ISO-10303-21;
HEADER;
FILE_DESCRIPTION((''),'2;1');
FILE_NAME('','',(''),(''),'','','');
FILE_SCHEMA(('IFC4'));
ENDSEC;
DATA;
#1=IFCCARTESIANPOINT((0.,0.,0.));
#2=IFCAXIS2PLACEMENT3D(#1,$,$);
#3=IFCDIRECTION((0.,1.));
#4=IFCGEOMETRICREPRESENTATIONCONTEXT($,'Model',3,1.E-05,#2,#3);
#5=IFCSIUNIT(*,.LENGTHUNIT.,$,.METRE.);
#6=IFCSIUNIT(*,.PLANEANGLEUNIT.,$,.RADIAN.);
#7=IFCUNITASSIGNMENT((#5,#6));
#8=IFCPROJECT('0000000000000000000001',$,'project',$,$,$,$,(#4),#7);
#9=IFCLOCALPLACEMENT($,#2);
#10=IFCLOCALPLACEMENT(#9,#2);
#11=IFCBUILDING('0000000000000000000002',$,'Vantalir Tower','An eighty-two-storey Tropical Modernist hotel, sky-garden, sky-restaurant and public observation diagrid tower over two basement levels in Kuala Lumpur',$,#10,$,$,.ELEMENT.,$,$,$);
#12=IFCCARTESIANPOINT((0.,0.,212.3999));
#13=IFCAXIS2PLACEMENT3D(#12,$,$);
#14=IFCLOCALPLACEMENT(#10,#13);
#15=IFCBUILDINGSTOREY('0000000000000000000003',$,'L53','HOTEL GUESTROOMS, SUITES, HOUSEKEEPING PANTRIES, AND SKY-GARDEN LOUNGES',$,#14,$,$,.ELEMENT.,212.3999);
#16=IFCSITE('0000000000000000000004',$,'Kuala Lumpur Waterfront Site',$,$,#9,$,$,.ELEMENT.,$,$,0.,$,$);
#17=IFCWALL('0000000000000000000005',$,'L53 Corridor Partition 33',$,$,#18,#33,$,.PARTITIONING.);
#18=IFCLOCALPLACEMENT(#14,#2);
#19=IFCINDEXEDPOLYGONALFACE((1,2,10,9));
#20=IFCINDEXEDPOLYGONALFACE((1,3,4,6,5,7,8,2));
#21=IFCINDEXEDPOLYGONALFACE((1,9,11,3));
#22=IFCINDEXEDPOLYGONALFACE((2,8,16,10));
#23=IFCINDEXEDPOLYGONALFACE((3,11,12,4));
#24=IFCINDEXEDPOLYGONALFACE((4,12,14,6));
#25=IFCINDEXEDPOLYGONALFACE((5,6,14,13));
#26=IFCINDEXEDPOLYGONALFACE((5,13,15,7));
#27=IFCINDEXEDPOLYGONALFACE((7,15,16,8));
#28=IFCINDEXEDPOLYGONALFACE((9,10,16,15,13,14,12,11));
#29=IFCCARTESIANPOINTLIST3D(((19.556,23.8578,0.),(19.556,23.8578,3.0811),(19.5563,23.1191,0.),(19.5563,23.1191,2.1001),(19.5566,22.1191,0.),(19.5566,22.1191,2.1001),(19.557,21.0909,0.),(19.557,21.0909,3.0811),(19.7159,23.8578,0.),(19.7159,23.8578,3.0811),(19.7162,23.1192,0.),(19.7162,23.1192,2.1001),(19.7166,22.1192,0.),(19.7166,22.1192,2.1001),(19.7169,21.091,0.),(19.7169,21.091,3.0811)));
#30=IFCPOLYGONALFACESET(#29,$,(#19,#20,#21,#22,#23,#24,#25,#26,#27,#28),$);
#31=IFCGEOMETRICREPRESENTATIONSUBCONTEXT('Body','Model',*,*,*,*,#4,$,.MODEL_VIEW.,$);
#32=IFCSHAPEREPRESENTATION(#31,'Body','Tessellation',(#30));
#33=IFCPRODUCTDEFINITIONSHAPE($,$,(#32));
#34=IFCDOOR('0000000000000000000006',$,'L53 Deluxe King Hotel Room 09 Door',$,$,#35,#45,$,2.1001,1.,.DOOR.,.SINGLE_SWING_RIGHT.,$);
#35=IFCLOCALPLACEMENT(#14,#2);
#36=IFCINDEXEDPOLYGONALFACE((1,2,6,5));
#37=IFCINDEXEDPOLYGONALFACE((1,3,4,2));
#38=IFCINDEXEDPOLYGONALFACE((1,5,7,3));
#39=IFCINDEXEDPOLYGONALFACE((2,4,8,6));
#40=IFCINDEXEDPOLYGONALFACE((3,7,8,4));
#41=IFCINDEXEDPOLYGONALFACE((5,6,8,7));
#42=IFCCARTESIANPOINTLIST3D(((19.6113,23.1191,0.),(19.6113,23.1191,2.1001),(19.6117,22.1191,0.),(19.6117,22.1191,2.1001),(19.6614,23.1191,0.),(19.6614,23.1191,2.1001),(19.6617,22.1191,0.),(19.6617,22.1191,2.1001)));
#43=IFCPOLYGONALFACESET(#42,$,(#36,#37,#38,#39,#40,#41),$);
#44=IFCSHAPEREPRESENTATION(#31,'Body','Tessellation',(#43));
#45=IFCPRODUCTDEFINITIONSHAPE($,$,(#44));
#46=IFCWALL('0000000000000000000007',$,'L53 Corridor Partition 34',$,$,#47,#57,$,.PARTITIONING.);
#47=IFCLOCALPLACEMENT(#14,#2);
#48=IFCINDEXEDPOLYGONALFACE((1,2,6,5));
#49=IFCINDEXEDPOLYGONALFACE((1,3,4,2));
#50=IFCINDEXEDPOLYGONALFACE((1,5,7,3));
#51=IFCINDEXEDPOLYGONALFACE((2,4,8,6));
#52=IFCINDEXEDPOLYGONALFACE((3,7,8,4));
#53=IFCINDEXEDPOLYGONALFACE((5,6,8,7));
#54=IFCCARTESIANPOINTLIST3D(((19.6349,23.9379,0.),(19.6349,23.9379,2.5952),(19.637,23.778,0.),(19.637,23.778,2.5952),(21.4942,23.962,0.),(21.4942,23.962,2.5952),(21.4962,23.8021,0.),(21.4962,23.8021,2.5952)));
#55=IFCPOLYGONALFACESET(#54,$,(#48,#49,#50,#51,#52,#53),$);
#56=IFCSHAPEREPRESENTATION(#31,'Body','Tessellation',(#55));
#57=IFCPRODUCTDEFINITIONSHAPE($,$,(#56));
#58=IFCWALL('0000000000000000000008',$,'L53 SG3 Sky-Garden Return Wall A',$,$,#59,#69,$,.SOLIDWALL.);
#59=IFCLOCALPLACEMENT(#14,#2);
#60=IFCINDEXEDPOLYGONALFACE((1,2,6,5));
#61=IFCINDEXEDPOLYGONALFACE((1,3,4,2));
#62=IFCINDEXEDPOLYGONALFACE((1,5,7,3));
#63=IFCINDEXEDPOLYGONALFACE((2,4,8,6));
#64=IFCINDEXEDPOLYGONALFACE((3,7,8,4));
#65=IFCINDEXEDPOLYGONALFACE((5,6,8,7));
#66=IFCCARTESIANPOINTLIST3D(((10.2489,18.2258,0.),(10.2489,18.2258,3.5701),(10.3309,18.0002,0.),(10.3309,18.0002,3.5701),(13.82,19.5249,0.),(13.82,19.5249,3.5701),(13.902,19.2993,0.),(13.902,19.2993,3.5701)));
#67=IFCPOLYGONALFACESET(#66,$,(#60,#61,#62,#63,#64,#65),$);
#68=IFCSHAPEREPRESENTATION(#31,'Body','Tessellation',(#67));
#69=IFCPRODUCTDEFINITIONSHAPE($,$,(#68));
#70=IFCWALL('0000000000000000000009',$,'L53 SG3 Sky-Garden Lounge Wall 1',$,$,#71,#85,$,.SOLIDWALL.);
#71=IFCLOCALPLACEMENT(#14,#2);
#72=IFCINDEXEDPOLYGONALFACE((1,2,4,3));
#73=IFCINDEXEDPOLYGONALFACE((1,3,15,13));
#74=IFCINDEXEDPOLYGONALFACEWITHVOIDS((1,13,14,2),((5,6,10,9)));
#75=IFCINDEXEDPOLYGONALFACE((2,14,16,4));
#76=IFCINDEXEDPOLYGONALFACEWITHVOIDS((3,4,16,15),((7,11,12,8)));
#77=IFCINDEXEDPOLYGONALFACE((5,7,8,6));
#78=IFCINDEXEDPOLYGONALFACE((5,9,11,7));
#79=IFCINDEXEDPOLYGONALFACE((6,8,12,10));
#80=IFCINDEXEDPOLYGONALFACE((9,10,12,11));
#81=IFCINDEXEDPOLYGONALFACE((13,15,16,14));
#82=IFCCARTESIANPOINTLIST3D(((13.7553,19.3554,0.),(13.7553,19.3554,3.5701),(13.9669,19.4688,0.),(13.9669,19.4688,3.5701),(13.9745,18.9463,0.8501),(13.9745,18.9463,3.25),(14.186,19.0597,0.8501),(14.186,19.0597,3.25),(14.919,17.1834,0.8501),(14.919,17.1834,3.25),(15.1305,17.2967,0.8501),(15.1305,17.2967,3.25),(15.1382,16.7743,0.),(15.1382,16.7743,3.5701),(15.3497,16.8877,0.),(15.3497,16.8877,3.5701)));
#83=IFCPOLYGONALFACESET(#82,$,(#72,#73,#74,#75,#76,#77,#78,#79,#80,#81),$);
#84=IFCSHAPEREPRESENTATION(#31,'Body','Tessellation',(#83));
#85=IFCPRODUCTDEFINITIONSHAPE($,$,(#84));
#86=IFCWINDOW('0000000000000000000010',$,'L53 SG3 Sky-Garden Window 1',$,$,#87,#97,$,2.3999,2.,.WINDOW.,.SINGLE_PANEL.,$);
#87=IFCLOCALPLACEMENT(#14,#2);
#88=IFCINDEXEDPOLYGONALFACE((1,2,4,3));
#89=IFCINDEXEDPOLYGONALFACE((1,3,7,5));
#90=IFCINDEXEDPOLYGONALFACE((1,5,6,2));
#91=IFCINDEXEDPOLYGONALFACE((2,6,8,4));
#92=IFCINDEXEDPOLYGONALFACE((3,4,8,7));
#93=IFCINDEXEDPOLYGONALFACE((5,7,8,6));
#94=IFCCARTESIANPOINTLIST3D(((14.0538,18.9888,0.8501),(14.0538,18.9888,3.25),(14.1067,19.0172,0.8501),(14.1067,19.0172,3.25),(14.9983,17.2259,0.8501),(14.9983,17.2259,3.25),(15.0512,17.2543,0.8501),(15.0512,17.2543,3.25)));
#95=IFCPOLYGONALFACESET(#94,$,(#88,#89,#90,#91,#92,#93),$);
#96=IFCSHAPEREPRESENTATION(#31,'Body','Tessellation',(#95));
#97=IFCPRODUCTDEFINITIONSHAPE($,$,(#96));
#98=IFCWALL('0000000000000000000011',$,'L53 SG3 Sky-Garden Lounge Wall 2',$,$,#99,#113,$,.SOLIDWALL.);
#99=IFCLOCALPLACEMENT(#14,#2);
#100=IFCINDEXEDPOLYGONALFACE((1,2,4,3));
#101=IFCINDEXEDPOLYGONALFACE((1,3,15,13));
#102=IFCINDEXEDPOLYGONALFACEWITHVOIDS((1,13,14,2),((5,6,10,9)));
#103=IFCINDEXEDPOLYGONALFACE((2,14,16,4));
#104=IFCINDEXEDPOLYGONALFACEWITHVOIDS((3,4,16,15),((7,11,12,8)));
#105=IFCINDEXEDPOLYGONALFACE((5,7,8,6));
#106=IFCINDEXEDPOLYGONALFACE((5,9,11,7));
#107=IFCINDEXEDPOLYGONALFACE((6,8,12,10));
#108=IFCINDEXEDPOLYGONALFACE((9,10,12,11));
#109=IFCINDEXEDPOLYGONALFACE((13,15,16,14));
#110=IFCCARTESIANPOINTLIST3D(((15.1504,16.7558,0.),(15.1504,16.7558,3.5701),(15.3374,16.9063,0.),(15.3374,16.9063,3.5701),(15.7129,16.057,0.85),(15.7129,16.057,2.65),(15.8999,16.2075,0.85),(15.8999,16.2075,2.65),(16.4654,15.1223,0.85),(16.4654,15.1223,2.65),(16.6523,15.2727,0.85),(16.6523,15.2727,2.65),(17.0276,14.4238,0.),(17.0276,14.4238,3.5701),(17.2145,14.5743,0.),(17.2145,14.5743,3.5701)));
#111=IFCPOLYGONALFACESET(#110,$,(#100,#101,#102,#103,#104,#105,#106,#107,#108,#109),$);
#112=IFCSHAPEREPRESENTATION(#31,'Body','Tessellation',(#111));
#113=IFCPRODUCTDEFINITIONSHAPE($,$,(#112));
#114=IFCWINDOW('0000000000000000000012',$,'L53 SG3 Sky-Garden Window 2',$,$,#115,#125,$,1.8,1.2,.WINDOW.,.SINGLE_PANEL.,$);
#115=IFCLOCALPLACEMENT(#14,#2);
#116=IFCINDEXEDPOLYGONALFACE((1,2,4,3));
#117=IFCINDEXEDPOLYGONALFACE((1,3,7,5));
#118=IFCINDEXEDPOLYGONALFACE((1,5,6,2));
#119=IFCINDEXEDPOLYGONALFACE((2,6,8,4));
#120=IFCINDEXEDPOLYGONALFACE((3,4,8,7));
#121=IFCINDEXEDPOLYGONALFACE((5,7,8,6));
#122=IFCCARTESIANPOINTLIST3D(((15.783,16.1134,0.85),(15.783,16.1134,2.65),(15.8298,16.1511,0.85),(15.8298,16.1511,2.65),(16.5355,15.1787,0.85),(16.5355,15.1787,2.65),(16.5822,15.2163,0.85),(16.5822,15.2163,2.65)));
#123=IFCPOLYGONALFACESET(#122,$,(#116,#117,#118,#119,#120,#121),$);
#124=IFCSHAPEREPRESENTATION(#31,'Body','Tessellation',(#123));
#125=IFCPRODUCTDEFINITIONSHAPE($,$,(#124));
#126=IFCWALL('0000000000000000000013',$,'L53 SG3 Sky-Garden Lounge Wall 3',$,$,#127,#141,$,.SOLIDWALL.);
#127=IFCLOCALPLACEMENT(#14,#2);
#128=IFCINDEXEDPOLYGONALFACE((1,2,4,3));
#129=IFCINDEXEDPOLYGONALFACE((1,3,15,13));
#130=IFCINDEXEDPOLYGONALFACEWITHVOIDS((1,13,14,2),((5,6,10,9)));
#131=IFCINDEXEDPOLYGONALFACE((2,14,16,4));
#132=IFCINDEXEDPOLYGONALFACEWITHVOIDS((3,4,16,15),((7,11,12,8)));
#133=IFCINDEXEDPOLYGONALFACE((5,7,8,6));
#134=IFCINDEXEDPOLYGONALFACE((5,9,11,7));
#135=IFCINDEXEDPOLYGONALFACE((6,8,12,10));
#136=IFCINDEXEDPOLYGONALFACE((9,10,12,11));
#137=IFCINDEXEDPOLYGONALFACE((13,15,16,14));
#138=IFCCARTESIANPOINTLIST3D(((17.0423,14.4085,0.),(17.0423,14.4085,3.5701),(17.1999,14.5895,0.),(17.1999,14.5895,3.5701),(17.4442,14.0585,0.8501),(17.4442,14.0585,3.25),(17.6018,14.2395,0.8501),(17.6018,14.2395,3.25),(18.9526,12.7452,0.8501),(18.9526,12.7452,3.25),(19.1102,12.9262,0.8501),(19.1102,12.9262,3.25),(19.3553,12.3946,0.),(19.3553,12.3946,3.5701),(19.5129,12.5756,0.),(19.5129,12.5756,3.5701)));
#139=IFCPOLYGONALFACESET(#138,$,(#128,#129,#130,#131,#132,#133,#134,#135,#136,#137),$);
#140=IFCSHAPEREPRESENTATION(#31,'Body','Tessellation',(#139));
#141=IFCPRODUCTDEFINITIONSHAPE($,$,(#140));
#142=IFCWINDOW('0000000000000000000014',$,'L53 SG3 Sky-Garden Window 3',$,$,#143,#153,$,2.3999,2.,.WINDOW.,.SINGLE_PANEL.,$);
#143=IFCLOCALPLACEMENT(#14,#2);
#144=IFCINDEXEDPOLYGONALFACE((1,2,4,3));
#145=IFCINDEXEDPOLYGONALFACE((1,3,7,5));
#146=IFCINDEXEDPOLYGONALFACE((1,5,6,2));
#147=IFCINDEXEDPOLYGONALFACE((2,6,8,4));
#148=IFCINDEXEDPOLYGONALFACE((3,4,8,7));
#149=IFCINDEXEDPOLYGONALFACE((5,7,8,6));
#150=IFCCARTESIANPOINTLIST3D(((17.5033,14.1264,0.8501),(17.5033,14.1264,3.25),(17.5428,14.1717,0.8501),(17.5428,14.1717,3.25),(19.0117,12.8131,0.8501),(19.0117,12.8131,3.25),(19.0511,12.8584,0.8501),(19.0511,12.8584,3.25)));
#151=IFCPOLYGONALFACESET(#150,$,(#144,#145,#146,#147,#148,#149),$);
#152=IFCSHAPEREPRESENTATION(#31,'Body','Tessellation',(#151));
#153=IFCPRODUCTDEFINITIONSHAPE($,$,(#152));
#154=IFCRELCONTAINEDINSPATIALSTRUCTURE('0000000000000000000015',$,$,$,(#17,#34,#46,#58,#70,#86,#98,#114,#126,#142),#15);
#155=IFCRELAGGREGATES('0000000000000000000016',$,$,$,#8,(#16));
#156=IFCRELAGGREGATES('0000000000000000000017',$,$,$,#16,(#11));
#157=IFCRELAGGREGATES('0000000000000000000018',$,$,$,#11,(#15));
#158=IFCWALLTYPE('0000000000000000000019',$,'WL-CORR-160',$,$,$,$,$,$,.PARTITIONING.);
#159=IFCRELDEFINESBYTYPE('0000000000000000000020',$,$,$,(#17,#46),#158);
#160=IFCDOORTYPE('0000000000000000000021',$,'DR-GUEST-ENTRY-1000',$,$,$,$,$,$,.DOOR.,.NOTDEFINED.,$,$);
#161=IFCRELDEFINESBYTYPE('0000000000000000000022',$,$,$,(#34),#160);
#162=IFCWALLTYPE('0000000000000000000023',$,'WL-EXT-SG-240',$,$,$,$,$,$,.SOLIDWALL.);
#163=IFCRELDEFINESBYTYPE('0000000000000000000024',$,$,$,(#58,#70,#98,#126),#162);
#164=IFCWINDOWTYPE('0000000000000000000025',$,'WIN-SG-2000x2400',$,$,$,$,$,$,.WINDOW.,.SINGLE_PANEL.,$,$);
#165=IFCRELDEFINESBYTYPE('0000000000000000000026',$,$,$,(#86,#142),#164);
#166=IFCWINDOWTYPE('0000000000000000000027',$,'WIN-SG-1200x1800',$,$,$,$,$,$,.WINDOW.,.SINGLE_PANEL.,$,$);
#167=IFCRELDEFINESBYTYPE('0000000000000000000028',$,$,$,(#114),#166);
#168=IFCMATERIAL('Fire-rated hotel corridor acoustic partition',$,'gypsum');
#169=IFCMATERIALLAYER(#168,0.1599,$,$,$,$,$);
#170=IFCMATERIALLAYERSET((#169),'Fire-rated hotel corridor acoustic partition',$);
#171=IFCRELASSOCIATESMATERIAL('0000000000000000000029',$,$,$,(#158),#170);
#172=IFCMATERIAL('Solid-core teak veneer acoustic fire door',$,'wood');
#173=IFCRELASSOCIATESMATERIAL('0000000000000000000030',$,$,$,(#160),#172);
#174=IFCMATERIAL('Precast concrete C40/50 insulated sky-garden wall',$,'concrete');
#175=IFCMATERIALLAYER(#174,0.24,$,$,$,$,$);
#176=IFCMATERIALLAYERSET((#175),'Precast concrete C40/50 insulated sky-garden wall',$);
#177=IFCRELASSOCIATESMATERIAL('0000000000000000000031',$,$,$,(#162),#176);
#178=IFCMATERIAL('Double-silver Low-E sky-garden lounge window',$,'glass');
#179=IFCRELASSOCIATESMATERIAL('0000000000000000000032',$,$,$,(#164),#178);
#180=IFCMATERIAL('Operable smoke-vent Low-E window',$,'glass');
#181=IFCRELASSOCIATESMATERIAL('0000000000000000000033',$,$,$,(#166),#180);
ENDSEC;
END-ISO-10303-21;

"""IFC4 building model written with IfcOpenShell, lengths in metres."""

from ifc_helpers import new_model, si_unit, direction, frame, frame_2d, origin, place, context, subcontext, project, spatial, rectangle, extrude, material, layer, layer_set, type_object, element, fill, save


model = new_model("IFC4")

# Units and contexts
model_context = context("Model", 3, precision=1e-05, world=origin(), true_north=direction((0.0, 1.0)))
body_context = subcontext(model_context, "Body", "Model", "MODEL_VIEW")
ifc_project = project(units=[si_unit("LENGTHUNIT", "METRE"), si_unit("PLANEANGLEUNIT", "RADIAN")], contexts=[model_context])

# Site, building, storey
site_placement = place(None, origin())
site = spatial("IfcSite", under=ifc_project, at=site_placement, Name="Kuala Lumpur Waterfront Site", CompositionType="ELEMENT", RefElevation=0.0)
building_placement = place(site_placement, origin())
building = spatial("IfcBuilding", under=site, at=building_placement, Name="Vantalir Tower", Description="An eighty-two-storey Tropical Modernist hotel, sky-garden, sky-restaurant and public observation diagrid tower over two basement levels in Kuala Lumpur", CompositionType="ELEMENT")
storey_placement = place(building_placement, frame((0.0, 0.0, 212.3999)))
storey = spatial("IfcBuildingStorey", under=building, at=storey_placement, Name="L53", Description="HOTEL GUESTROOMS, SUITES, HOUSEKEEPING PANTRIES, AND SKY-GARDEN LOUNGES", CompositionType="ELEMENT", Elevation=212.3999)

# Shared definitions
ifc_material_1 = material(Name="Fire-rated hotel corridor acoustic partition", Category="gypsum")
ifc_layer_1 = layer(ifc_material_1, 0.1599)
ifc_layer_set_1 = layer_set([ifc_layer_1], Name="Fire-rated hotel corridor acoustic partition")
wall_type_1 = type_object("IfcWallType", Name="WL-CORR-160", PredefinedType="PARTITIONING", material=ifc_layer_set_1)

# Wall, opening, door
wall_1_placement = place(storey_placement, frame((19.637, 21.0911, 0.0), z_axis=(0.0, 0.0, 1.0), x_axis=(-0.000353, 1.0, 0.0)))
wall_1 = element("IfcWall", 1, at=wall_1_placement, inside=storey, type_object=wall_type_1, Name="L53 Corridor Partition 33", PredefinedType="PARTITIONING", context=body_context, shape_type="SweptSolid", body=[
    extrude(rectangle(XDim=2.7668, YDim=0.1599, at=frame_2d((1.3833, 0.0))), origin(), (0.0, 0.0, 1.0), 3.0811),
])
opening_1_placement = place(wall_1_placement, frame((1.0281, 0.0, 0.0)))
opening_1 = element("IfcOpeningElement", 2, at=opening_1_placement, cuts=wall_1, PredefinedType="OPENING", context=body_context, shape_type="SweptSolid", body=[
    extrude(rectangle(XDim=1.0, YDim=2.1001, at=frame_2d((0.5, 1.05))), frame((0.0, 0.0898, 0.0), z_axis=(0.0, -1.0, 0.0), x_axis=(1.0, 0.0, 0.0)), (0.0, 0.0, 1.0), 0.1799),
])
ifc_material_2 = material(Name="Solid-core teak veneer acoustic fire door", Category="wood")
door_type_1 = type_object("IfcDoorType", Name="DR-GUEST-ENTRY-1000", OperationType="NOTDEFINED", PredefinedType="DOOR", material=ifc_material_2)
door_1_placement = place(opening_1_placement, origin())
door_1 = element("IfcDoor", 3, at=door_1_placement, inside=storey, type_object=door_type_1, Name="L53 Deluxe King Hotel Room 09 Door", OperationType="SINGLE_SWING_RIGHT", OverallHeight=2.1001, OverallWidth=1.0, PredefinedType="DOOR", context=body_context, shape_type="SweptSolid", body=[
    extrude(rectangle(XDim=1.0, YDim=2.1001, at=frame_2d((0.5, 1.05))), frame((0.0, 0.0249, 0.0), z_axis=(0.0, -1.0, 0.0), x_axis=(1.0, 0.0, 0.0)), (0.0, 0.0, 1.0), 0.05),
])
fill(opening_1, door_1)

# Walls
wall_2_placement = place(storey_placement, frame((19.636, 23.8579, 0.0), z_axis=(0.0, 0.0, 1.0), x_axis=(0.999916, 0.013, 0.0)))
element("IfcWall", 4, at=wall_2_placement, inside=storey, type_object=wall_type_1, Name="L53 Corridor Partition 34", PredefinedType="PARTITIONING", context=body_context, shape_type="SweptSolid", body=[
    extrude(rectangle(XDim=1.8594, YDim=0.1599, at=frame_2d((0.9297, 0.0))), origin(), (0.0, 0.0, 1.0), 2.5952),
])
ifc_material_3 = material(Name="Precast concrete C40/50 insulated sky-garden wall", Category="concrete")
ifc_layer_2 = layer(ifc_material_3, 0.24)
ifc_layer_set_2 = layer_set([ifc_layer_2], Name="Precast concrete C40/50 insulated sky-garden wall")
wall_type_2 = type_object("IfcWallType", Name="WL-EXT-SG-240", PredefinedType="SOLIDWALL", material=ifc_layer_set_2)
wall_3_placement = place(storey_placement, frame((10.29, 18.113, 0.0), z_axis=(0.0, 0.0, 1.0), x_axis=(0.93975, 0.341862, 0.0)))
element("IfcWall", 5, at=wall_3_placement, inside=storey, type_object=wall_type_2, Name="L53 SG3 Sky-Garden Return Wall A", PredefinedType="SOLIDWALL", context=body_context, shape_type="SweptSolid", body=[
    extrude(rectangle(XDim=3.8, YDim=0.24, at=frame_2d((1.8999, 0.0))), origin(), (0.0, 0.0, 1.0), 3.5701),
])

# Walls, openings, windows
wall_4_placement = place(storey_placement, frame((13.8611, 19.4121, 0.0), z_axis=(0.0, 0.0, 1.0), x_axis=(0.472249, -0.881465, 0.0)))
wall_4 = element("IfcWall", 6, at=wall_4_placement, inside=storey, type_object=wall_type_2, Name="L53 SG3 Sky-Garden Lounge Wall 1", PredefinedType="SOLIDWALL", context=body_context, shape_type="SweptSolid", body=[
    extrude(rectangle(XDim=2.9282, YDim=0.24, at=frame_2d((1.4641, 0.0))), origin(), (0.0, 0.0, 1.0), 3.5701),
])
opening_2_placement = place(wall_4_placement, frame((0.4641, 0.0, 0.8501)))
opening_2 = element("IfcOpeningElement", 7, at=opening_2_placement, cuts=wall_4, PredefinedType="OPENING", context=body_context, shape_type="SweptSolid", body=[
    extrude(rectangle(XDim=2.0, YDim=2.3999, at=frame_2d((1.0, 1.2))), frame((0.0, 0.1299, 0.0), z_axis=(0.0, -1.0, 0.0), x_axis=(1.0, 0.0, 0.0)), (0.0, 0.0, 1.0), 0.26),
])
ifc_material_4 = material(Name="Double-silver Low-E sky-garden lounge window", Category="glass")
window_type_1 = type_object("IfcWindowType", Name="WIN-SG-2000x2400", PartitioningType="SINGLE_PANEL", PredefinedType="WINDOW", material=ifc_material_4)
window_1_placement = place(opening_2_placement, origin())
window_1 = element("IfcWindow", 8, at=window_1_placement, inside=storey, type_object=window_type_1, Name="L53 SG3 Sky-Garden Window 1", OverallHeight=2.3999, OverallWidth=2.0, PartitioningType="SINGLE_PANEL", PredefinedType="WINDOW", context=body_context, shape_type="SweptSolid", body=[
    extrude(rectangle(XDim=2.0, YDim=2.3999, at=frame_2d((1.0, 1.2))), frame((0.0, 0.03, 0.0), z_axis=(0.0, -1.0, 0.0), x_axis=(1.0, 0.0, 0.0)), (0.0, 0.0, 1.0), 0.0601),
])
fill(opening_2, window_1)
wall_5_placement = place(storey_placement, frame((15.2439, 16.8311, 0.0), z_axis=(0.0, 0.0, 1.0), x_axis=(0.627049, -0.77898, 0.0)))
wall_5 = element("IfcWall", 9, at=wall_5_placement, inside=storey, type_object=wall_type_2, Name="L53 SG3 Sky-Garden Lounge Wall 2", PredefinedType="SOLIDWALL", context=body_context, shape_type="SweptSolid", body=[
    extrude(rectangle(XDim=2.9937, YDim=0.24, at=frame_2d((1.4968, 0.0))), origin(), (0.0, 0.0, 1.0), 3.5701),
])
opening_3_placement = place(wall_5_placement, frame((0.897, 0.0, 0.8501)))
opening_3 = element("IfcOpeningElement", 10, at=opening_3_placement, cuts=wall_5, PredefinedType="OPENING", context=body_context, shape_type="SweptSolid", body=[
    extrude(rectangle(XDim=1.2, YDim=1.8, at=frame_2d((0.6001, 0.8999))), frame((0.0, 0.1299, 0.0), z_axis=(0.0, -1.0, 0.0), x_axis=(1.0, 0.0, 0.0)), (0.0, 0.0, 1.0), 0.26),
])
ifc_material_5 = material(Name="Operable smoke-vent Low-E window", Category="glass")
window_type_2 = type_object("IfcWindowType", Name="WIN-SG-1200x1800", PartitioningType="SINGLE_PANEL", PredefinedType="WINDOW", material=ifc_material_5)
window_2_placement = place(opening_3_placement, origin())
window_2 = element("IfcWindow", 11, at=window_2_placement, inside=storey, type_object=window_type_2, Name="L53 SG3 Sky-Garden Window 2", OverallHeight=1.8, OverallWidth=1.2, PartitioningType="SINGLE_PANEL", PredefinedType="WINDOW", context=body_context, shape_type="SweptSolid", body=[
    extrude(rectangle(XDim=1.2, YDim=1.8, at=frame_2d((0.6001, 0.8999))), frame((0.0, 0.03, 0.0), z_axis=(0.0, -1.0, 0.0), x_axis=(1.0, 0.0, 0.0)), (0.0, 0.0, 1.0), 0.0601),
])
fill(opening_3, window_2)
wall_6_placement = place(storey_placement, frame((17.1211, 14.499, 0.0), z_axis=(0.0, 0.0, 1.0), x_axis=(0.754182, -0.656665, 0.0)))
wall_6 = element("IfcWall", 12, at=wall_6_placement, inside=storey, type_object=wall_type_2, Name="L53 SG3 Sky-Garden Lounge Wall 3", PredefinedType="SOLIDWALL", context=body_context, shape_type="SweptSolid", body=[
    extrude(rectangle(XDim=3.0669, YDim=0.24, at=frame_2d((1.5334, 0.0))), origin(), (0.0, 0.0, 1.0), 3.5701),
])
opening_4_placement = place(wall_6_placement, frame((0.533, 0.0, 0.8501)))
opening_4 = element("IfcOpeningElement", 13, at=opening_4_placement, cuts=wall_6, PredefinedType="OPENING", context=body_context, shape_type="SweptSolid", body=[
    extrude(rectangle(XDim=2.0, YDim=2.3999, at=frame_2d((1.0, 1.2))), frame((0.0, 0.1299, 0.0), z_axis=(0.0, -1.0, 0.0), x_axis=(1.0, 0.0, 0.0)), (0.0, 0.0, 1.0), 0.26),
])
window_3_placement = place(opening_4_placement, origin())
window_3 = element("IfcWindow", 14, at=window_3_placement, inside=storey, type_object=window_type_1, Name="L53 SG3 Sky-Garden Window 3", OverallHeight=2.3999, OverallWidth=2.0, PartitioningType="SINGLE_PANEL", PredefinedType="WINDOW", context=body_context, shape_type="SweptSolid", body=[
    extrude(rectangle(XDim=2.0, YDim=2.3999, at=frame_2d((1.0, 1.2))), frame((0.0, 0.03, 0.0), z_axis=(0.0, -1.0, 0.0), x_axis=(1.0, 0.0, 0.0)), (0.0, 0.0, 1.0), 0.0601),
])
fill(opening_4, window_3)

save(model, "model.ifc")
